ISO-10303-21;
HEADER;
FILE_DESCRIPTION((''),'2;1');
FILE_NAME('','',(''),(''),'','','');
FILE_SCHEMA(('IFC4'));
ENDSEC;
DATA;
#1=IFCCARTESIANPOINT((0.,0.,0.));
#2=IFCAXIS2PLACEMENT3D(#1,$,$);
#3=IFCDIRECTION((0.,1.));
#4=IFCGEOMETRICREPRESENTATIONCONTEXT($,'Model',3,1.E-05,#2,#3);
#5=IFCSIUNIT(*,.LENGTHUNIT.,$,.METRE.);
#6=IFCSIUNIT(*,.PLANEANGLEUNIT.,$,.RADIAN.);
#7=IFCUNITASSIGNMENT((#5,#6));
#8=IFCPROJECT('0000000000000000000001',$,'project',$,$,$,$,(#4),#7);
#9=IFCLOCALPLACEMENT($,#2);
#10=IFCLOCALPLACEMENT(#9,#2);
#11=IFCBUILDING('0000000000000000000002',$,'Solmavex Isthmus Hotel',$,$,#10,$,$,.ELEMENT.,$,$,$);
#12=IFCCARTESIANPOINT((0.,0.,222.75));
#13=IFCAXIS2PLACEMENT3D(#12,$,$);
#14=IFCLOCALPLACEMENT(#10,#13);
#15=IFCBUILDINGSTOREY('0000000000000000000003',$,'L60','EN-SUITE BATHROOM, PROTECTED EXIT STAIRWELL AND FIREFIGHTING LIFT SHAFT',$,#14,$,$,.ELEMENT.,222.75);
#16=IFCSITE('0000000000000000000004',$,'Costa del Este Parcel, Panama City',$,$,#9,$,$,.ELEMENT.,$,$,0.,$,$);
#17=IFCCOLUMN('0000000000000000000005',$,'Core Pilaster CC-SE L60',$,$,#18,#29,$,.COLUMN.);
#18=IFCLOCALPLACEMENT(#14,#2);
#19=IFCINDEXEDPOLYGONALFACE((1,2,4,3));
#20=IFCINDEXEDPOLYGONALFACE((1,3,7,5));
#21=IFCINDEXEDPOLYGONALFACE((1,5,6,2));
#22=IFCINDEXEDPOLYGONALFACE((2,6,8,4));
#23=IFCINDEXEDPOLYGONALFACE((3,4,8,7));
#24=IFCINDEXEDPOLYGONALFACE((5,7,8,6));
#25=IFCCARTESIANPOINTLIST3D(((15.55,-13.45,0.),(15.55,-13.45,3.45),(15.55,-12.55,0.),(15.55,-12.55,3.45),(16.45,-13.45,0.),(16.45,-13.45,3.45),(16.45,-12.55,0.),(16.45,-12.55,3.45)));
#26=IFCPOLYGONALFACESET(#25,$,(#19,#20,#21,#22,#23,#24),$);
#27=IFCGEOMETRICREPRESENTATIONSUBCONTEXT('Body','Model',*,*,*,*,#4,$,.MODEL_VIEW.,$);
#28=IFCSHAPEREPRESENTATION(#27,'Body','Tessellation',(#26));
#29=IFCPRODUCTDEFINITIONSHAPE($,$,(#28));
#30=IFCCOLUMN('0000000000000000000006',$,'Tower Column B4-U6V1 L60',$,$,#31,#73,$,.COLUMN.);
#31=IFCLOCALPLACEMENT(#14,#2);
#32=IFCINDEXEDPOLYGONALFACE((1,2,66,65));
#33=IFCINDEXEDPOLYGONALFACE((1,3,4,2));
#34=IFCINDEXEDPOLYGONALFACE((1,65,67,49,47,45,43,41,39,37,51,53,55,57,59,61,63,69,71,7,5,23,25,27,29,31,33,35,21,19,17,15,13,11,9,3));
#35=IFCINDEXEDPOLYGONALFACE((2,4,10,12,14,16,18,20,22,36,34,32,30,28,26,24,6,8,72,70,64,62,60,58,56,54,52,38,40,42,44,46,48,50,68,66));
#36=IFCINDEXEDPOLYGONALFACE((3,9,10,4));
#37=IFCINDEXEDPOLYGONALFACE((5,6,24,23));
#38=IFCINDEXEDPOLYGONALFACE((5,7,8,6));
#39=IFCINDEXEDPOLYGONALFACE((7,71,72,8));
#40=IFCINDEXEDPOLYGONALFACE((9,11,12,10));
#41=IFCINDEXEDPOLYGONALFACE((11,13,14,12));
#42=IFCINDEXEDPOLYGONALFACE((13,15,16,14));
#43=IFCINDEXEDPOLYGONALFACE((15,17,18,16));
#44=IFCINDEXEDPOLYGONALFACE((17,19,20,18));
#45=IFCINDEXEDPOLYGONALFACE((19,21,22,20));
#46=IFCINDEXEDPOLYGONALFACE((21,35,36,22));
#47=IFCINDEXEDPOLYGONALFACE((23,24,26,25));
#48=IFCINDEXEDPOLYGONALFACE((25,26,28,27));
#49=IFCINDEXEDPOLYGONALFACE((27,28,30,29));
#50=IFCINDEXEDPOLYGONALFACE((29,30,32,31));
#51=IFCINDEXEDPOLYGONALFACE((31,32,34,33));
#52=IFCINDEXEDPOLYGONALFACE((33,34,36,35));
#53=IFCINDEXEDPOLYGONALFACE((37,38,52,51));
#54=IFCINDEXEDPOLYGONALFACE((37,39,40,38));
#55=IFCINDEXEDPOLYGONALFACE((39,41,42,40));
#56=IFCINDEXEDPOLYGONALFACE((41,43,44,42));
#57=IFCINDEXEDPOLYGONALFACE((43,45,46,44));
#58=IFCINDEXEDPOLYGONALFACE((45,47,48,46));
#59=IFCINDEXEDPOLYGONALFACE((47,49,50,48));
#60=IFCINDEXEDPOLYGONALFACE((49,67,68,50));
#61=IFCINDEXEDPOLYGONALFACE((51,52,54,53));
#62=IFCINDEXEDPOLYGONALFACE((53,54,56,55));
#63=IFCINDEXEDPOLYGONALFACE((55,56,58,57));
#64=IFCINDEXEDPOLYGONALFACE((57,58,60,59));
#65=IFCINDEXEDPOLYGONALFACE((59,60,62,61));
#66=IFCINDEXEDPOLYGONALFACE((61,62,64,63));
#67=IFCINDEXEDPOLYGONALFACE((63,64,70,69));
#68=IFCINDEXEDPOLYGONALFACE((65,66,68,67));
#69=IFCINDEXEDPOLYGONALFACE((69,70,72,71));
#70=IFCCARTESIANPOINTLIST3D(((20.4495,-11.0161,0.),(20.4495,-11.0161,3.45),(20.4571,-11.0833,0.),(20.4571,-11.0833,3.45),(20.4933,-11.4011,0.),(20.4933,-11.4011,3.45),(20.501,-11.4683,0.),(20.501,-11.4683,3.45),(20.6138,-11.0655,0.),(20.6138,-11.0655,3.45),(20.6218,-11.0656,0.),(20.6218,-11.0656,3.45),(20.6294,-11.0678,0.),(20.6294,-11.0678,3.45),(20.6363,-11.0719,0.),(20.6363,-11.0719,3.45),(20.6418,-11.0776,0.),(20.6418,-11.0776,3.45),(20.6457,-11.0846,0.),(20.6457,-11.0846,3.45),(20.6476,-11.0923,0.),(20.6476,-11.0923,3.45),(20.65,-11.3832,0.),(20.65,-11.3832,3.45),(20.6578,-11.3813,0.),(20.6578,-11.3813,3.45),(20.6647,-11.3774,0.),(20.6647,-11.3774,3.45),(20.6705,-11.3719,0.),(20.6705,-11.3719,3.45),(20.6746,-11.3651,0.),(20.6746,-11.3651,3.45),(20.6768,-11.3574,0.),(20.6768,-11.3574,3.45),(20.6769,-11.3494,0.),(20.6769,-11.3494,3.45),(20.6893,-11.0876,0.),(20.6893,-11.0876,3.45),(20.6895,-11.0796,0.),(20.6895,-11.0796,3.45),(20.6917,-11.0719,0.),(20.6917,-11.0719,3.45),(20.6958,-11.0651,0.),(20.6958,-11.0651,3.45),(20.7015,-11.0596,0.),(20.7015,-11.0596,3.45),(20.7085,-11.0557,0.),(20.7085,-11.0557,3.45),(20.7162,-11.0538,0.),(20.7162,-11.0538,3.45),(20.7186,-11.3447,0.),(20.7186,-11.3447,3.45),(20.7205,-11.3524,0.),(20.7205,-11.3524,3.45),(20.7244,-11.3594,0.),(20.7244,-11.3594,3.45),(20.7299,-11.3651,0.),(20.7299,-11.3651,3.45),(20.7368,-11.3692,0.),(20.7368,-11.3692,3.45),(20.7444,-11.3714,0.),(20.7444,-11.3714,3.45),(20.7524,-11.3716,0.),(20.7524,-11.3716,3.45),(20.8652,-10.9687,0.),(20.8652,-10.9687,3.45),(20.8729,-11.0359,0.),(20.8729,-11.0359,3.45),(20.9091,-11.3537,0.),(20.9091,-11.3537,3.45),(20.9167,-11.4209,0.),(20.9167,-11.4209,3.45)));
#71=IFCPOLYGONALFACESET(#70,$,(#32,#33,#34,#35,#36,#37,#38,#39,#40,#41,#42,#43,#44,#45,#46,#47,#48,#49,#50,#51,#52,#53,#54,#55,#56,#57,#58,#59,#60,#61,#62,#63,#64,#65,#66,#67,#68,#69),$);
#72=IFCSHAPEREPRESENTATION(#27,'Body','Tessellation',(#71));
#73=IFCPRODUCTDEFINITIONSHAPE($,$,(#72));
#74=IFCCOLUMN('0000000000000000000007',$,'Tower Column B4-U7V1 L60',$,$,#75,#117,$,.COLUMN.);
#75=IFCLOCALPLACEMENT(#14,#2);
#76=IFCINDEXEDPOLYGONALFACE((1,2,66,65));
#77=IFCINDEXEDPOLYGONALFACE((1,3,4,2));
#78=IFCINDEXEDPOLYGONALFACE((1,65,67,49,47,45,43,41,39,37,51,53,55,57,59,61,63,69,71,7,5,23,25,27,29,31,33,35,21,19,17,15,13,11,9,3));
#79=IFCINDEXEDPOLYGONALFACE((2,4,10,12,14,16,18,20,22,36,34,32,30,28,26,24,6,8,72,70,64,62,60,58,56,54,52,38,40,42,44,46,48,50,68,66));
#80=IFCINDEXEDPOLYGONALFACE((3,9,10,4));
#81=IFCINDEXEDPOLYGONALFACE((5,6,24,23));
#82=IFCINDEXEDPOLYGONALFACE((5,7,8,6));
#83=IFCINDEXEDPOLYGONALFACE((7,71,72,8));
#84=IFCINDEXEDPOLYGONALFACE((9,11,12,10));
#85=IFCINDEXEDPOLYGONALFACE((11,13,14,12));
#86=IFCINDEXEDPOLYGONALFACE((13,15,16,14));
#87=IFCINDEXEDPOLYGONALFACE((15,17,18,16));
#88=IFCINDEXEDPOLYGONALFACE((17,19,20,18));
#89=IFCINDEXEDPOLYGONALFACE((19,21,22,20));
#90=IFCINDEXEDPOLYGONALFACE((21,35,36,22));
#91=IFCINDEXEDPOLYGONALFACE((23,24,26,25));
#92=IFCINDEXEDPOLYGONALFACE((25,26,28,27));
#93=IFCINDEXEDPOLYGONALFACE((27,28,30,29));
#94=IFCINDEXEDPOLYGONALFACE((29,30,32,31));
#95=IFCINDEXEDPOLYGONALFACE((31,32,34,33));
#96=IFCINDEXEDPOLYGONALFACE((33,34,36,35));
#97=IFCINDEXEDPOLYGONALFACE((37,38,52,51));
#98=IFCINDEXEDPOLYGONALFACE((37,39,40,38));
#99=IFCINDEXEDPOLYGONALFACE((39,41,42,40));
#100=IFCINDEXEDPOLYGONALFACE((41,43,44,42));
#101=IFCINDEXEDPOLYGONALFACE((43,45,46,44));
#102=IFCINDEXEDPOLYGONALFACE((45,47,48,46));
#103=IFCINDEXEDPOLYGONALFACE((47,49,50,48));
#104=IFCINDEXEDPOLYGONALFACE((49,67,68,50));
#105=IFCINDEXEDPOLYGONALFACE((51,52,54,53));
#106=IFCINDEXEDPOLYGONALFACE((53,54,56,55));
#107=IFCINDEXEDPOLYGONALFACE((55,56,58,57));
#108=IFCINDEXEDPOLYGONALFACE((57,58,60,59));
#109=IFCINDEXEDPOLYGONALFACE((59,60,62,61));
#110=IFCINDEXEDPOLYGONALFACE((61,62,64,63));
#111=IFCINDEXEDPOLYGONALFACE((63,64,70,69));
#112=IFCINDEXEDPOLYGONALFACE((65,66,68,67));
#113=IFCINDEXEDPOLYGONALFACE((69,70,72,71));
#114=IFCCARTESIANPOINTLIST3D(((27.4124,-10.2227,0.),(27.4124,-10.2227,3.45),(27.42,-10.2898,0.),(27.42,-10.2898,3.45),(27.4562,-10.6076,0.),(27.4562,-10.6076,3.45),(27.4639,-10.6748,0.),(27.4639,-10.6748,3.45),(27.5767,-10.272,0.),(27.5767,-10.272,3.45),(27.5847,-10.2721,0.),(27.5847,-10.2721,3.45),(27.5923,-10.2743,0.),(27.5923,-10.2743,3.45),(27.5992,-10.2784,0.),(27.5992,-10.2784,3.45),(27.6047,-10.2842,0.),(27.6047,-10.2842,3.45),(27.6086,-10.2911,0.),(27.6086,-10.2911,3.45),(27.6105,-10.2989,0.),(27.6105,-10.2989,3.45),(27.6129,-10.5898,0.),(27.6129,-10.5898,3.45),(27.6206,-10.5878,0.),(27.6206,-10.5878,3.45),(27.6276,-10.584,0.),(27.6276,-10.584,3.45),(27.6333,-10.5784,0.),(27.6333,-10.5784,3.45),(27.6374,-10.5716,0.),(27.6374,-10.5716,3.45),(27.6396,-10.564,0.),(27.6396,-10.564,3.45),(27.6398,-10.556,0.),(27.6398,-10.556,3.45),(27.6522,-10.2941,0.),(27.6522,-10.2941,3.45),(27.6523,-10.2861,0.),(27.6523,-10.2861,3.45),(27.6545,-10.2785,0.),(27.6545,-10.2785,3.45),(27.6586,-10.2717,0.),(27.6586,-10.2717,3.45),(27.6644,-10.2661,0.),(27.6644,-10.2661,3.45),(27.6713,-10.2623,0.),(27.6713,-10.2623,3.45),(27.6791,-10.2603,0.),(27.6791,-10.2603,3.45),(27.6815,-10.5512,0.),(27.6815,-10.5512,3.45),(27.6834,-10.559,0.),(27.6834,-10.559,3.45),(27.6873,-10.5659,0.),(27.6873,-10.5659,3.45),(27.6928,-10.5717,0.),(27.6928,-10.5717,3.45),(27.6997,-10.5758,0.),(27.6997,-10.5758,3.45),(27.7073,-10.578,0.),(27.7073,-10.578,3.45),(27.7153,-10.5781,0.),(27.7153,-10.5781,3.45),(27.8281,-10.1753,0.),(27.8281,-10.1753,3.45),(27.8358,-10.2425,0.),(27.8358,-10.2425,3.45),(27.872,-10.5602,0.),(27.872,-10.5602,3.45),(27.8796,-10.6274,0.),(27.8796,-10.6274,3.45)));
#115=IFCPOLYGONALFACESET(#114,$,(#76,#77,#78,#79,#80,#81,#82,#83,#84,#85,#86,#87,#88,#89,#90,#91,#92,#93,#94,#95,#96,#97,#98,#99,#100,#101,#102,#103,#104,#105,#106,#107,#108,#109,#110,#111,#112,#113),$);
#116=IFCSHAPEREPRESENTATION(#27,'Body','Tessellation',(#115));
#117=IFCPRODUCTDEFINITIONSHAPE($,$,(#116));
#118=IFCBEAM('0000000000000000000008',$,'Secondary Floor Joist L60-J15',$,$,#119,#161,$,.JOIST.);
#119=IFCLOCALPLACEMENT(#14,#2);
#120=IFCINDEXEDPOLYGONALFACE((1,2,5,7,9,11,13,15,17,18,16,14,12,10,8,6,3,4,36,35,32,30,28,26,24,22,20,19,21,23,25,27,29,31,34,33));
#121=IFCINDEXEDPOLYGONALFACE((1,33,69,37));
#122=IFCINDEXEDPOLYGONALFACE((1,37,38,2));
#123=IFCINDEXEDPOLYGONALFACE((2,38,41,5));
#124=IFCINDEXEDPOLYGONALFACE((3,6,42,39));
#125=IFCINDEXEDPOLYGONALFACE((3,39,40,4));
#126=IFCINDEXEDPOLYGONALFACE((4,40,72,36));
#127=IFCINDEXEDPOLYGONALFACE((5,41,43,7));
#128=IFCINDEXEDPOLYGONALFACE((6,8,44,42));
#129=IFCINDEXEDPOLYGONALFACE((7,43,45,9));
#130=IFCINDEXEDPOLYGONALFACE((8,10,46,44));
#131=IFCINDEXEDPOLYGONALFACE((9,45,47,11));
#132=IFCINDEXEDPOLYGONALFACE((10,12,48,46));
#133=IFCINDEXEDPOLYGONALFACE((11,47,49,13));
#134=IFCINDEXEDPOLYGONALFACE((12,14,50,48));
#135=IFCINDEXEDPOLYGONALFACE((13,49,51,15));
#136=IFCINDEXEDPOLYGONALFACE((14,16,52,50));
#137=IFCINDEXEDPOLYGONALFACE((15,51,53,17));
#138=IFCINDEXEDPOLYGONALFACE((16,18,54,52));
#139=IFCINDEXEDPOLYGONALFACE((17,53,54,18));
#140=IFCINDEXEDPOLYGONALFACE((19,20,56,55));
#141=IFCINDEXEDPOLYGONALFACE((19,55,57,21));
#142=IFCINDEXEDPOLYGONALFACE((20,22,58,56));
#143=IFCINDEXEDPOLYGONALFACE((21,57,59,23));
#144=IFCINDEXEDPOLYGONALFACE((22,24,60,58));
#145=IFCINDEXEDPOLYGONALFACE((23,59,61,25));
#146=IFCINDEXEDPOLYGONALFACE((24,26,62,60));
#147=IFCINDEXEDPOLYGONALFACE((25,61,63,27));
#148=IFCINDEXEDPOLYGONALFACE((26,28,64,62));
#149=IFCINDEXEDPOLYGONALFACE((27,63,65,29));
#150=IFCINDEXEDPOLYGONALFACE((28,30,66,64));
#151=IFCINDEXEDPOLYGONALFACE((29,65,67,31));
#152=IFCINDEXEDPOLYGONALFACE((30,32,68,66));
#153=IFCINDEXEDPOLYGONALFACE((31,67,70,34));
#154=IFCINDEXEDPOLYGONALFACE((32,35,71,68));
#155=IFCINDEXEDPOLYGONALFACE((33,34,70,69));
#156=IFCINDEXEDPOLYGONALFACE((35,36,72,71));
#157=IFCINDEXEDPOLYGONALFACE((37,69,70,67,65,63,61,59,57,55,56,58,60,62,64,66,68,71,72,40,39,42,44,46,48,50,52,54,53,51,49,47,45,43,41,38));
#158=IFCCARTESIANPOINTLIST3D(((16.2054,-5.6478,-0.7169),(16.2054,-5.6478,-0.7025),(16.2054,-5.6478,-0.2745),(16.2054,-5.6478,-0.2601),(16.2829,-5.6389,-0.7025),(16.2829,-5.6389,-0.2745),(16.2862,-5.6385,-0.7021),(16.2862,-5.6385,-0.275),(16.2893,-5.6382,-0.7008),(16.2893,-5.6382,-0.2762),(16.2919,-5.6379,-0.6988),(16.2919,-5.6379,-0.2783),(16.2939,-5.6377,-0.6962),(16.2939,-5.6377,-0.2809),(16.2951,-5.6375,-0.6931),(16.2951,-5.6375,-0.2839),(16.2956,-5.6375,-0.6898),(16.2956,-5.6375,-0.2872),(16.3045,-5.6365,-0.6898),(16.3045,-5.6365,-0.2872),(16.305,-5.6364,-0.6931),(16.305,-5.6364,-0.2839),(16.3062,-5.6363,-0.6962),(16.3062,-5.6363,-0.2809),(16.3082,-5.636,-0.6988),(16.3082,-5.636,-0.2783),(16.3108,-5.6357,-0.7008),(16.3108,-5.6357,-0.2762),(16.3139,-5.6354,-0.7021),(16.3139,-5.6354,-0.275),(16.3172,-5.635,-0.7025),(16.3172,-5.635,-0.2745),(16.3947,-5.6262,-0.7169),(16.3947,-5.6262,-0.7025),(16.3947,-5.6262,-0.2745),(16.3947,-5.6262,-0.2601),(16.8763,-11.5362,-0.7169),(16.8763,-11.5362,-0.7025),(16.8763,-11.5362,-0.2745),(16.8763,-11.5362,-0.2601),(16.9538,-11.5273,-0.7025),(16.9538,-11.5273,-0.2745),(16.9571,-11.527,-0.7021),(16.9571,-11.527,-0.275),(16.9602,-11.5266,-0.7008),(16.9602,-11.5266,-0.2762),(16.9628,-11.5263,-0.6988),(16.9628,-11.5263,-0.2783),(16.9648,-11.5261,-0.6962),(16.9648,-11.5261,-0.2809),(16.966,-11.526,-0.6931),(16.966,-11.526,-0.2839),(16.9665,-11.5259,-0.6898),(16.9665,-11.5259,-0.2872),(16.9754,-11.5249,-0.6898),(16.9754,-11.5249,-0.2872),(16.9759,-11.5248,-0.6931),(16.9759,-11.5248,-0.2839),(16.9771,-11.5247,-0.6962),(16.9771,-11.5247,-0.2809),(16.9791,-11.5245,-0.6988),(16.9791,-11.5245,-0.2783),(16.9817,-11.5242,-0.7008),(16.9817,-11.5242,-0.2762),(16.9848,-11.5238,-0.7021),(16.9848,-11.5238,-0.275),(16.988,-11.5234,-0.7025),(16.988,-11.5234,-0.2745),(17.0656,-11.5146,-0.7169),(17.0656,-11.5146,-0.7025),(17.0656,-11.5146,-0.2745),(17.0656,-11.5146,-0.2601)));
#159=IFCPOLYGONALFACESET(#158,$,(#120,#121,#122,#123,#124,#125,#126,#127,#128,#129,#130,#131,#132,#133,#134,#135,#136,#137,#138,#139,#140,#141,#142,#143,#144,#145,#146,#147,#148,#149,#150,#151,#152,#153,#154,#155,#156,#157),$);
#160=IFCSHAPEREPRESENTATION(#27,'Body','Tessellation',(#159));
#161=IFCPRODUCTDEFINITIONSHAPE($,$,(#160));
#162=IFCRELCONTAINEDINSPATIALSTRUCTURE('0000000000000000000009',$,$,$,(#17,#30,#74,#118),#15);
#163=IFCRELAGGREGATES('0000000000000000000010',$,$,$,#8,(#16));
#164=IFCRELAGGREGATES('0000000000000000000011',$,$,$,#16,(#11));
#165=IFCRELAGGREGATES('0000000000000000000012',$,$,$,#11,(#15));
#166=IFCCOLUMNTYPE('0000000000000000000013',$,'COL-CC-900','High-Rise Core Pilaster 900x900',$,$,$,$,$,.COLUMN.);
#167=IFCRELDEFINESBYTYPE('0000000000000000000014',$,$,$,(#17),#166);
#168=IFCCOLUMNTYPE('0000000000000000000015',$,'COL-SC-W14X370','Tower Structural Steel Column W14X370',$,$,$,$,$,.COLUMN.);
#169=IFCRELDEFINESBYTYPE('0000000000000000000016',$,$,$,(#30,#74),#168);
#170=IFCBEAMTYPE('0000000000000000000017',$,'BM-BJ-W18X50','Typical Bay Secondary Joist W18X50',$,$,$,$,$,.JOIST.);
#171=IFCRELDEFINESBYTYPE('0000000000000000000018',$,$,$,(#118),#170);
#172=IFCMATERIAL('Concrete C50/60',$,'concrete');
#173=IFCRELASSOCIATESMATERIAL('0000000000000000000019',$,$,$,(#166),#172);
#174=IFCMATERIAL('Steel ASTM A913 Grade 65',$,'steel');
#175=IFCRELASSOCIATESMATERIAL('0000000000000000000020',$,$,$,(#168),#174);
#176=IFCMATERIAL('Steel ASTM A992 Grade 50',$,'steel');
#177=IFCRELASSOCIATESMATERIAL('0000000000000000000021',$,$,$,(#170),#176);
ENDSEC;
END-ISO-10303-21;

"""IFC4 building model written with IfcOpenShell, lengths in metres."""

from ifc_helpers import new_model, si_unit, direction, frame, origin, origin_2d, place, context, subcontext, project, spatial, rectangle, i_section, extrude, material, material_profile, profile_set, type_object, element, save


model = new_model("IFC4")

# Units and contexts
model_context = context("Model", 3, precision=1e-05, world=origin(), true_north=direction((0.0, 1.0)))
body_context = subcontext(model_context, "Body", "Model", "MODEL_VIEW")
ifc_project = project(units=[si_unit("LENGTHUNIT", "METRE"), si_unit("PLANEANGLEUNIT", "RADIAN")], contexts=[model_context])

# Site, building, storey
site_placement = place(None, origin())
site = spatial("IfcSite", under=ifc_project, at=site_placement, Name="Costa del Este Parcel, Panama City", CompositionType="ELEMENT", RefElevation=0.0)
building_placement = place(site_placement, origin())
building = spatial("IfcBuilding", under=site, at=building_placement, Name="Solmavex Isthmus Hotel", CompositionType="ELEMENT")
storey_placement = place(building_placement, frame((0.0, 0.0, 222.75)))
storey = spatial("IfcBuildingStorey", under=building, at=storey_placement, Name="L60", Description="EN-SUITE BATHROOM, PROTECTED EXIT STAIRWELL AND FIREFIGHTING LIFT SHAFT", CompositionType="ELEMENT", Elevation=222.75)

# Columns
ifc_material_1 = material(Name="Concrete C50/60", Category="concrete")
ifc_material_profile_1 = material_profile(ifc_material_1, rectangle(XDim=0.8999, YDim=0.8999, at=origin_2d()), Name="RC900X900")
ifc_profile_set_1 = profile_set([ifc_material_profile_1], Name="Concrete C50/60")
column_type_1 = type_object("IfcColumnType", Name="COL-CC-900", Description="High-Rise Core Pilaster 900x900", PredefinedType="COLUMN", material=ifc_profile_set_1)
column_placement = place(storey_placement, frame((16.0, -13.0, 0.0), z_axis=(0.0, 0.0, 1.0), x_axis=(1.0, 0.0, 0.0)))
element("IfcColumn", 1, at=column_placement, inside=storey, type_object=column_type_1, Name="Core Pilaster CC-SE L60", PredefinedType="COLUMN", context=body_context, shape_type="SweptSolid", body=[
    extrude(rectangle(XDim=0.8999, YDim=0.8999, at=origin_2d()), origin(), (0.0, 0.0, 1.0), 3.45),
])
ifc_material_2 = material(Name="Steel ASTM A913 Grade 65", Category="steel")
ifc_material_profile_2 = material_profile(ifc_material_2, i_section(OverallWidth=0.4185, OverallDepth=0.4551, WebThickness=0.042, FlangeThickness=0.0676, FilletRadius=0.0305, at=origin_2d()), Name="W14X370")
ifc_profile_set_2 = profile_set([ifc_material_profile_2], Name="Steel ASTM A913 Grade 65")
column_type_2 = type_object("IfcColumnType", Name="COL-SC-W14X370", Description="Tower Structural Steel Column W14X370", PredefinedType="COLUMN", material=ifc_profile_set_2)
for number, where, z_axis, x_axis, name in (
    (2, (20.6831, -11.2185, 0.0), (0.0, 0.0, 1.0), (0.993572, 0.113203, 0.0), "Tower Column B4-U6V1 L60"),
    (3, (27.646, -10.425, 0.0), (0.0, 0.0, 1.0), (0.993572, 0.113203, 0.0), "Tower Column B4-U7V1 L60"),
):
    element("IfcColumn", number, at=place(storey_placement, frame(where, z_axis=z_axis, x_axis=x_axis)), inside=storey, type_object=column_type_2, Name=name, PredefinedType="COLUMN", context=body_context, shape_type="SweptSolid", body=[
        extrude(i_section(OverallWidth=0.4185, OverallDepth=0.4551, WebThickness=0.042, FlangeThickness=0.0676, FilletRadius=0.0305, at=origin_2d()), origin(), (0.0, 0.0, 1.0), 3.45),
    ])

# Beam
ifc_material_3 = material(Name="Steel ASTM A992 Grade 50", Category="steel")
ifc_material_profile_3 = material_profile(ifc_material_3, i_section(OverallWidth=0.1904, OverallDepth=0.4568, WebThickness=0.009, FlangeThickness=0.0144, FilletRadius=0.0127, at=origin_2d()), Name="W18X50")
ifc_profile_set_3 = profile_set([ifc_material_profile_3], Name="Steel ASTM A992 Grade 50")
beam_type_1 = type_object("IfcBeamType", Name="BM-BJ-W18X50", Description="Typical Bay Secondary Joist W18X50", PredefinedType="JOIST", material=ifc_profile_set_3)
beam_1_placement = place(storey_placement, frame((16.9709, -11.5254, -0.4885), z_axis=(-0.113203, 0.993572, 0.0), x_axis=(-0.993572, -0.113203, 0.0)))
element("IfcBeam", 4, at=beam_1_placement, inside=storey, type_object=beam_type_1, Name="Secondary Floor Joist L60-J15", PredefinedType="JOIST", context=body_context, shape_type="SweptSolid", body=[
    extrude(i_section(OverallWidth=0.1904, OverallDepth=0.4568, WebThickness=0.009, FlangeThickness=0.0144, FilletRadius=0.0127, at=origin_2d()), origin(), (0.0, 0.0, 1.0), 5.9265),
])

save(model, "model.ifc")
